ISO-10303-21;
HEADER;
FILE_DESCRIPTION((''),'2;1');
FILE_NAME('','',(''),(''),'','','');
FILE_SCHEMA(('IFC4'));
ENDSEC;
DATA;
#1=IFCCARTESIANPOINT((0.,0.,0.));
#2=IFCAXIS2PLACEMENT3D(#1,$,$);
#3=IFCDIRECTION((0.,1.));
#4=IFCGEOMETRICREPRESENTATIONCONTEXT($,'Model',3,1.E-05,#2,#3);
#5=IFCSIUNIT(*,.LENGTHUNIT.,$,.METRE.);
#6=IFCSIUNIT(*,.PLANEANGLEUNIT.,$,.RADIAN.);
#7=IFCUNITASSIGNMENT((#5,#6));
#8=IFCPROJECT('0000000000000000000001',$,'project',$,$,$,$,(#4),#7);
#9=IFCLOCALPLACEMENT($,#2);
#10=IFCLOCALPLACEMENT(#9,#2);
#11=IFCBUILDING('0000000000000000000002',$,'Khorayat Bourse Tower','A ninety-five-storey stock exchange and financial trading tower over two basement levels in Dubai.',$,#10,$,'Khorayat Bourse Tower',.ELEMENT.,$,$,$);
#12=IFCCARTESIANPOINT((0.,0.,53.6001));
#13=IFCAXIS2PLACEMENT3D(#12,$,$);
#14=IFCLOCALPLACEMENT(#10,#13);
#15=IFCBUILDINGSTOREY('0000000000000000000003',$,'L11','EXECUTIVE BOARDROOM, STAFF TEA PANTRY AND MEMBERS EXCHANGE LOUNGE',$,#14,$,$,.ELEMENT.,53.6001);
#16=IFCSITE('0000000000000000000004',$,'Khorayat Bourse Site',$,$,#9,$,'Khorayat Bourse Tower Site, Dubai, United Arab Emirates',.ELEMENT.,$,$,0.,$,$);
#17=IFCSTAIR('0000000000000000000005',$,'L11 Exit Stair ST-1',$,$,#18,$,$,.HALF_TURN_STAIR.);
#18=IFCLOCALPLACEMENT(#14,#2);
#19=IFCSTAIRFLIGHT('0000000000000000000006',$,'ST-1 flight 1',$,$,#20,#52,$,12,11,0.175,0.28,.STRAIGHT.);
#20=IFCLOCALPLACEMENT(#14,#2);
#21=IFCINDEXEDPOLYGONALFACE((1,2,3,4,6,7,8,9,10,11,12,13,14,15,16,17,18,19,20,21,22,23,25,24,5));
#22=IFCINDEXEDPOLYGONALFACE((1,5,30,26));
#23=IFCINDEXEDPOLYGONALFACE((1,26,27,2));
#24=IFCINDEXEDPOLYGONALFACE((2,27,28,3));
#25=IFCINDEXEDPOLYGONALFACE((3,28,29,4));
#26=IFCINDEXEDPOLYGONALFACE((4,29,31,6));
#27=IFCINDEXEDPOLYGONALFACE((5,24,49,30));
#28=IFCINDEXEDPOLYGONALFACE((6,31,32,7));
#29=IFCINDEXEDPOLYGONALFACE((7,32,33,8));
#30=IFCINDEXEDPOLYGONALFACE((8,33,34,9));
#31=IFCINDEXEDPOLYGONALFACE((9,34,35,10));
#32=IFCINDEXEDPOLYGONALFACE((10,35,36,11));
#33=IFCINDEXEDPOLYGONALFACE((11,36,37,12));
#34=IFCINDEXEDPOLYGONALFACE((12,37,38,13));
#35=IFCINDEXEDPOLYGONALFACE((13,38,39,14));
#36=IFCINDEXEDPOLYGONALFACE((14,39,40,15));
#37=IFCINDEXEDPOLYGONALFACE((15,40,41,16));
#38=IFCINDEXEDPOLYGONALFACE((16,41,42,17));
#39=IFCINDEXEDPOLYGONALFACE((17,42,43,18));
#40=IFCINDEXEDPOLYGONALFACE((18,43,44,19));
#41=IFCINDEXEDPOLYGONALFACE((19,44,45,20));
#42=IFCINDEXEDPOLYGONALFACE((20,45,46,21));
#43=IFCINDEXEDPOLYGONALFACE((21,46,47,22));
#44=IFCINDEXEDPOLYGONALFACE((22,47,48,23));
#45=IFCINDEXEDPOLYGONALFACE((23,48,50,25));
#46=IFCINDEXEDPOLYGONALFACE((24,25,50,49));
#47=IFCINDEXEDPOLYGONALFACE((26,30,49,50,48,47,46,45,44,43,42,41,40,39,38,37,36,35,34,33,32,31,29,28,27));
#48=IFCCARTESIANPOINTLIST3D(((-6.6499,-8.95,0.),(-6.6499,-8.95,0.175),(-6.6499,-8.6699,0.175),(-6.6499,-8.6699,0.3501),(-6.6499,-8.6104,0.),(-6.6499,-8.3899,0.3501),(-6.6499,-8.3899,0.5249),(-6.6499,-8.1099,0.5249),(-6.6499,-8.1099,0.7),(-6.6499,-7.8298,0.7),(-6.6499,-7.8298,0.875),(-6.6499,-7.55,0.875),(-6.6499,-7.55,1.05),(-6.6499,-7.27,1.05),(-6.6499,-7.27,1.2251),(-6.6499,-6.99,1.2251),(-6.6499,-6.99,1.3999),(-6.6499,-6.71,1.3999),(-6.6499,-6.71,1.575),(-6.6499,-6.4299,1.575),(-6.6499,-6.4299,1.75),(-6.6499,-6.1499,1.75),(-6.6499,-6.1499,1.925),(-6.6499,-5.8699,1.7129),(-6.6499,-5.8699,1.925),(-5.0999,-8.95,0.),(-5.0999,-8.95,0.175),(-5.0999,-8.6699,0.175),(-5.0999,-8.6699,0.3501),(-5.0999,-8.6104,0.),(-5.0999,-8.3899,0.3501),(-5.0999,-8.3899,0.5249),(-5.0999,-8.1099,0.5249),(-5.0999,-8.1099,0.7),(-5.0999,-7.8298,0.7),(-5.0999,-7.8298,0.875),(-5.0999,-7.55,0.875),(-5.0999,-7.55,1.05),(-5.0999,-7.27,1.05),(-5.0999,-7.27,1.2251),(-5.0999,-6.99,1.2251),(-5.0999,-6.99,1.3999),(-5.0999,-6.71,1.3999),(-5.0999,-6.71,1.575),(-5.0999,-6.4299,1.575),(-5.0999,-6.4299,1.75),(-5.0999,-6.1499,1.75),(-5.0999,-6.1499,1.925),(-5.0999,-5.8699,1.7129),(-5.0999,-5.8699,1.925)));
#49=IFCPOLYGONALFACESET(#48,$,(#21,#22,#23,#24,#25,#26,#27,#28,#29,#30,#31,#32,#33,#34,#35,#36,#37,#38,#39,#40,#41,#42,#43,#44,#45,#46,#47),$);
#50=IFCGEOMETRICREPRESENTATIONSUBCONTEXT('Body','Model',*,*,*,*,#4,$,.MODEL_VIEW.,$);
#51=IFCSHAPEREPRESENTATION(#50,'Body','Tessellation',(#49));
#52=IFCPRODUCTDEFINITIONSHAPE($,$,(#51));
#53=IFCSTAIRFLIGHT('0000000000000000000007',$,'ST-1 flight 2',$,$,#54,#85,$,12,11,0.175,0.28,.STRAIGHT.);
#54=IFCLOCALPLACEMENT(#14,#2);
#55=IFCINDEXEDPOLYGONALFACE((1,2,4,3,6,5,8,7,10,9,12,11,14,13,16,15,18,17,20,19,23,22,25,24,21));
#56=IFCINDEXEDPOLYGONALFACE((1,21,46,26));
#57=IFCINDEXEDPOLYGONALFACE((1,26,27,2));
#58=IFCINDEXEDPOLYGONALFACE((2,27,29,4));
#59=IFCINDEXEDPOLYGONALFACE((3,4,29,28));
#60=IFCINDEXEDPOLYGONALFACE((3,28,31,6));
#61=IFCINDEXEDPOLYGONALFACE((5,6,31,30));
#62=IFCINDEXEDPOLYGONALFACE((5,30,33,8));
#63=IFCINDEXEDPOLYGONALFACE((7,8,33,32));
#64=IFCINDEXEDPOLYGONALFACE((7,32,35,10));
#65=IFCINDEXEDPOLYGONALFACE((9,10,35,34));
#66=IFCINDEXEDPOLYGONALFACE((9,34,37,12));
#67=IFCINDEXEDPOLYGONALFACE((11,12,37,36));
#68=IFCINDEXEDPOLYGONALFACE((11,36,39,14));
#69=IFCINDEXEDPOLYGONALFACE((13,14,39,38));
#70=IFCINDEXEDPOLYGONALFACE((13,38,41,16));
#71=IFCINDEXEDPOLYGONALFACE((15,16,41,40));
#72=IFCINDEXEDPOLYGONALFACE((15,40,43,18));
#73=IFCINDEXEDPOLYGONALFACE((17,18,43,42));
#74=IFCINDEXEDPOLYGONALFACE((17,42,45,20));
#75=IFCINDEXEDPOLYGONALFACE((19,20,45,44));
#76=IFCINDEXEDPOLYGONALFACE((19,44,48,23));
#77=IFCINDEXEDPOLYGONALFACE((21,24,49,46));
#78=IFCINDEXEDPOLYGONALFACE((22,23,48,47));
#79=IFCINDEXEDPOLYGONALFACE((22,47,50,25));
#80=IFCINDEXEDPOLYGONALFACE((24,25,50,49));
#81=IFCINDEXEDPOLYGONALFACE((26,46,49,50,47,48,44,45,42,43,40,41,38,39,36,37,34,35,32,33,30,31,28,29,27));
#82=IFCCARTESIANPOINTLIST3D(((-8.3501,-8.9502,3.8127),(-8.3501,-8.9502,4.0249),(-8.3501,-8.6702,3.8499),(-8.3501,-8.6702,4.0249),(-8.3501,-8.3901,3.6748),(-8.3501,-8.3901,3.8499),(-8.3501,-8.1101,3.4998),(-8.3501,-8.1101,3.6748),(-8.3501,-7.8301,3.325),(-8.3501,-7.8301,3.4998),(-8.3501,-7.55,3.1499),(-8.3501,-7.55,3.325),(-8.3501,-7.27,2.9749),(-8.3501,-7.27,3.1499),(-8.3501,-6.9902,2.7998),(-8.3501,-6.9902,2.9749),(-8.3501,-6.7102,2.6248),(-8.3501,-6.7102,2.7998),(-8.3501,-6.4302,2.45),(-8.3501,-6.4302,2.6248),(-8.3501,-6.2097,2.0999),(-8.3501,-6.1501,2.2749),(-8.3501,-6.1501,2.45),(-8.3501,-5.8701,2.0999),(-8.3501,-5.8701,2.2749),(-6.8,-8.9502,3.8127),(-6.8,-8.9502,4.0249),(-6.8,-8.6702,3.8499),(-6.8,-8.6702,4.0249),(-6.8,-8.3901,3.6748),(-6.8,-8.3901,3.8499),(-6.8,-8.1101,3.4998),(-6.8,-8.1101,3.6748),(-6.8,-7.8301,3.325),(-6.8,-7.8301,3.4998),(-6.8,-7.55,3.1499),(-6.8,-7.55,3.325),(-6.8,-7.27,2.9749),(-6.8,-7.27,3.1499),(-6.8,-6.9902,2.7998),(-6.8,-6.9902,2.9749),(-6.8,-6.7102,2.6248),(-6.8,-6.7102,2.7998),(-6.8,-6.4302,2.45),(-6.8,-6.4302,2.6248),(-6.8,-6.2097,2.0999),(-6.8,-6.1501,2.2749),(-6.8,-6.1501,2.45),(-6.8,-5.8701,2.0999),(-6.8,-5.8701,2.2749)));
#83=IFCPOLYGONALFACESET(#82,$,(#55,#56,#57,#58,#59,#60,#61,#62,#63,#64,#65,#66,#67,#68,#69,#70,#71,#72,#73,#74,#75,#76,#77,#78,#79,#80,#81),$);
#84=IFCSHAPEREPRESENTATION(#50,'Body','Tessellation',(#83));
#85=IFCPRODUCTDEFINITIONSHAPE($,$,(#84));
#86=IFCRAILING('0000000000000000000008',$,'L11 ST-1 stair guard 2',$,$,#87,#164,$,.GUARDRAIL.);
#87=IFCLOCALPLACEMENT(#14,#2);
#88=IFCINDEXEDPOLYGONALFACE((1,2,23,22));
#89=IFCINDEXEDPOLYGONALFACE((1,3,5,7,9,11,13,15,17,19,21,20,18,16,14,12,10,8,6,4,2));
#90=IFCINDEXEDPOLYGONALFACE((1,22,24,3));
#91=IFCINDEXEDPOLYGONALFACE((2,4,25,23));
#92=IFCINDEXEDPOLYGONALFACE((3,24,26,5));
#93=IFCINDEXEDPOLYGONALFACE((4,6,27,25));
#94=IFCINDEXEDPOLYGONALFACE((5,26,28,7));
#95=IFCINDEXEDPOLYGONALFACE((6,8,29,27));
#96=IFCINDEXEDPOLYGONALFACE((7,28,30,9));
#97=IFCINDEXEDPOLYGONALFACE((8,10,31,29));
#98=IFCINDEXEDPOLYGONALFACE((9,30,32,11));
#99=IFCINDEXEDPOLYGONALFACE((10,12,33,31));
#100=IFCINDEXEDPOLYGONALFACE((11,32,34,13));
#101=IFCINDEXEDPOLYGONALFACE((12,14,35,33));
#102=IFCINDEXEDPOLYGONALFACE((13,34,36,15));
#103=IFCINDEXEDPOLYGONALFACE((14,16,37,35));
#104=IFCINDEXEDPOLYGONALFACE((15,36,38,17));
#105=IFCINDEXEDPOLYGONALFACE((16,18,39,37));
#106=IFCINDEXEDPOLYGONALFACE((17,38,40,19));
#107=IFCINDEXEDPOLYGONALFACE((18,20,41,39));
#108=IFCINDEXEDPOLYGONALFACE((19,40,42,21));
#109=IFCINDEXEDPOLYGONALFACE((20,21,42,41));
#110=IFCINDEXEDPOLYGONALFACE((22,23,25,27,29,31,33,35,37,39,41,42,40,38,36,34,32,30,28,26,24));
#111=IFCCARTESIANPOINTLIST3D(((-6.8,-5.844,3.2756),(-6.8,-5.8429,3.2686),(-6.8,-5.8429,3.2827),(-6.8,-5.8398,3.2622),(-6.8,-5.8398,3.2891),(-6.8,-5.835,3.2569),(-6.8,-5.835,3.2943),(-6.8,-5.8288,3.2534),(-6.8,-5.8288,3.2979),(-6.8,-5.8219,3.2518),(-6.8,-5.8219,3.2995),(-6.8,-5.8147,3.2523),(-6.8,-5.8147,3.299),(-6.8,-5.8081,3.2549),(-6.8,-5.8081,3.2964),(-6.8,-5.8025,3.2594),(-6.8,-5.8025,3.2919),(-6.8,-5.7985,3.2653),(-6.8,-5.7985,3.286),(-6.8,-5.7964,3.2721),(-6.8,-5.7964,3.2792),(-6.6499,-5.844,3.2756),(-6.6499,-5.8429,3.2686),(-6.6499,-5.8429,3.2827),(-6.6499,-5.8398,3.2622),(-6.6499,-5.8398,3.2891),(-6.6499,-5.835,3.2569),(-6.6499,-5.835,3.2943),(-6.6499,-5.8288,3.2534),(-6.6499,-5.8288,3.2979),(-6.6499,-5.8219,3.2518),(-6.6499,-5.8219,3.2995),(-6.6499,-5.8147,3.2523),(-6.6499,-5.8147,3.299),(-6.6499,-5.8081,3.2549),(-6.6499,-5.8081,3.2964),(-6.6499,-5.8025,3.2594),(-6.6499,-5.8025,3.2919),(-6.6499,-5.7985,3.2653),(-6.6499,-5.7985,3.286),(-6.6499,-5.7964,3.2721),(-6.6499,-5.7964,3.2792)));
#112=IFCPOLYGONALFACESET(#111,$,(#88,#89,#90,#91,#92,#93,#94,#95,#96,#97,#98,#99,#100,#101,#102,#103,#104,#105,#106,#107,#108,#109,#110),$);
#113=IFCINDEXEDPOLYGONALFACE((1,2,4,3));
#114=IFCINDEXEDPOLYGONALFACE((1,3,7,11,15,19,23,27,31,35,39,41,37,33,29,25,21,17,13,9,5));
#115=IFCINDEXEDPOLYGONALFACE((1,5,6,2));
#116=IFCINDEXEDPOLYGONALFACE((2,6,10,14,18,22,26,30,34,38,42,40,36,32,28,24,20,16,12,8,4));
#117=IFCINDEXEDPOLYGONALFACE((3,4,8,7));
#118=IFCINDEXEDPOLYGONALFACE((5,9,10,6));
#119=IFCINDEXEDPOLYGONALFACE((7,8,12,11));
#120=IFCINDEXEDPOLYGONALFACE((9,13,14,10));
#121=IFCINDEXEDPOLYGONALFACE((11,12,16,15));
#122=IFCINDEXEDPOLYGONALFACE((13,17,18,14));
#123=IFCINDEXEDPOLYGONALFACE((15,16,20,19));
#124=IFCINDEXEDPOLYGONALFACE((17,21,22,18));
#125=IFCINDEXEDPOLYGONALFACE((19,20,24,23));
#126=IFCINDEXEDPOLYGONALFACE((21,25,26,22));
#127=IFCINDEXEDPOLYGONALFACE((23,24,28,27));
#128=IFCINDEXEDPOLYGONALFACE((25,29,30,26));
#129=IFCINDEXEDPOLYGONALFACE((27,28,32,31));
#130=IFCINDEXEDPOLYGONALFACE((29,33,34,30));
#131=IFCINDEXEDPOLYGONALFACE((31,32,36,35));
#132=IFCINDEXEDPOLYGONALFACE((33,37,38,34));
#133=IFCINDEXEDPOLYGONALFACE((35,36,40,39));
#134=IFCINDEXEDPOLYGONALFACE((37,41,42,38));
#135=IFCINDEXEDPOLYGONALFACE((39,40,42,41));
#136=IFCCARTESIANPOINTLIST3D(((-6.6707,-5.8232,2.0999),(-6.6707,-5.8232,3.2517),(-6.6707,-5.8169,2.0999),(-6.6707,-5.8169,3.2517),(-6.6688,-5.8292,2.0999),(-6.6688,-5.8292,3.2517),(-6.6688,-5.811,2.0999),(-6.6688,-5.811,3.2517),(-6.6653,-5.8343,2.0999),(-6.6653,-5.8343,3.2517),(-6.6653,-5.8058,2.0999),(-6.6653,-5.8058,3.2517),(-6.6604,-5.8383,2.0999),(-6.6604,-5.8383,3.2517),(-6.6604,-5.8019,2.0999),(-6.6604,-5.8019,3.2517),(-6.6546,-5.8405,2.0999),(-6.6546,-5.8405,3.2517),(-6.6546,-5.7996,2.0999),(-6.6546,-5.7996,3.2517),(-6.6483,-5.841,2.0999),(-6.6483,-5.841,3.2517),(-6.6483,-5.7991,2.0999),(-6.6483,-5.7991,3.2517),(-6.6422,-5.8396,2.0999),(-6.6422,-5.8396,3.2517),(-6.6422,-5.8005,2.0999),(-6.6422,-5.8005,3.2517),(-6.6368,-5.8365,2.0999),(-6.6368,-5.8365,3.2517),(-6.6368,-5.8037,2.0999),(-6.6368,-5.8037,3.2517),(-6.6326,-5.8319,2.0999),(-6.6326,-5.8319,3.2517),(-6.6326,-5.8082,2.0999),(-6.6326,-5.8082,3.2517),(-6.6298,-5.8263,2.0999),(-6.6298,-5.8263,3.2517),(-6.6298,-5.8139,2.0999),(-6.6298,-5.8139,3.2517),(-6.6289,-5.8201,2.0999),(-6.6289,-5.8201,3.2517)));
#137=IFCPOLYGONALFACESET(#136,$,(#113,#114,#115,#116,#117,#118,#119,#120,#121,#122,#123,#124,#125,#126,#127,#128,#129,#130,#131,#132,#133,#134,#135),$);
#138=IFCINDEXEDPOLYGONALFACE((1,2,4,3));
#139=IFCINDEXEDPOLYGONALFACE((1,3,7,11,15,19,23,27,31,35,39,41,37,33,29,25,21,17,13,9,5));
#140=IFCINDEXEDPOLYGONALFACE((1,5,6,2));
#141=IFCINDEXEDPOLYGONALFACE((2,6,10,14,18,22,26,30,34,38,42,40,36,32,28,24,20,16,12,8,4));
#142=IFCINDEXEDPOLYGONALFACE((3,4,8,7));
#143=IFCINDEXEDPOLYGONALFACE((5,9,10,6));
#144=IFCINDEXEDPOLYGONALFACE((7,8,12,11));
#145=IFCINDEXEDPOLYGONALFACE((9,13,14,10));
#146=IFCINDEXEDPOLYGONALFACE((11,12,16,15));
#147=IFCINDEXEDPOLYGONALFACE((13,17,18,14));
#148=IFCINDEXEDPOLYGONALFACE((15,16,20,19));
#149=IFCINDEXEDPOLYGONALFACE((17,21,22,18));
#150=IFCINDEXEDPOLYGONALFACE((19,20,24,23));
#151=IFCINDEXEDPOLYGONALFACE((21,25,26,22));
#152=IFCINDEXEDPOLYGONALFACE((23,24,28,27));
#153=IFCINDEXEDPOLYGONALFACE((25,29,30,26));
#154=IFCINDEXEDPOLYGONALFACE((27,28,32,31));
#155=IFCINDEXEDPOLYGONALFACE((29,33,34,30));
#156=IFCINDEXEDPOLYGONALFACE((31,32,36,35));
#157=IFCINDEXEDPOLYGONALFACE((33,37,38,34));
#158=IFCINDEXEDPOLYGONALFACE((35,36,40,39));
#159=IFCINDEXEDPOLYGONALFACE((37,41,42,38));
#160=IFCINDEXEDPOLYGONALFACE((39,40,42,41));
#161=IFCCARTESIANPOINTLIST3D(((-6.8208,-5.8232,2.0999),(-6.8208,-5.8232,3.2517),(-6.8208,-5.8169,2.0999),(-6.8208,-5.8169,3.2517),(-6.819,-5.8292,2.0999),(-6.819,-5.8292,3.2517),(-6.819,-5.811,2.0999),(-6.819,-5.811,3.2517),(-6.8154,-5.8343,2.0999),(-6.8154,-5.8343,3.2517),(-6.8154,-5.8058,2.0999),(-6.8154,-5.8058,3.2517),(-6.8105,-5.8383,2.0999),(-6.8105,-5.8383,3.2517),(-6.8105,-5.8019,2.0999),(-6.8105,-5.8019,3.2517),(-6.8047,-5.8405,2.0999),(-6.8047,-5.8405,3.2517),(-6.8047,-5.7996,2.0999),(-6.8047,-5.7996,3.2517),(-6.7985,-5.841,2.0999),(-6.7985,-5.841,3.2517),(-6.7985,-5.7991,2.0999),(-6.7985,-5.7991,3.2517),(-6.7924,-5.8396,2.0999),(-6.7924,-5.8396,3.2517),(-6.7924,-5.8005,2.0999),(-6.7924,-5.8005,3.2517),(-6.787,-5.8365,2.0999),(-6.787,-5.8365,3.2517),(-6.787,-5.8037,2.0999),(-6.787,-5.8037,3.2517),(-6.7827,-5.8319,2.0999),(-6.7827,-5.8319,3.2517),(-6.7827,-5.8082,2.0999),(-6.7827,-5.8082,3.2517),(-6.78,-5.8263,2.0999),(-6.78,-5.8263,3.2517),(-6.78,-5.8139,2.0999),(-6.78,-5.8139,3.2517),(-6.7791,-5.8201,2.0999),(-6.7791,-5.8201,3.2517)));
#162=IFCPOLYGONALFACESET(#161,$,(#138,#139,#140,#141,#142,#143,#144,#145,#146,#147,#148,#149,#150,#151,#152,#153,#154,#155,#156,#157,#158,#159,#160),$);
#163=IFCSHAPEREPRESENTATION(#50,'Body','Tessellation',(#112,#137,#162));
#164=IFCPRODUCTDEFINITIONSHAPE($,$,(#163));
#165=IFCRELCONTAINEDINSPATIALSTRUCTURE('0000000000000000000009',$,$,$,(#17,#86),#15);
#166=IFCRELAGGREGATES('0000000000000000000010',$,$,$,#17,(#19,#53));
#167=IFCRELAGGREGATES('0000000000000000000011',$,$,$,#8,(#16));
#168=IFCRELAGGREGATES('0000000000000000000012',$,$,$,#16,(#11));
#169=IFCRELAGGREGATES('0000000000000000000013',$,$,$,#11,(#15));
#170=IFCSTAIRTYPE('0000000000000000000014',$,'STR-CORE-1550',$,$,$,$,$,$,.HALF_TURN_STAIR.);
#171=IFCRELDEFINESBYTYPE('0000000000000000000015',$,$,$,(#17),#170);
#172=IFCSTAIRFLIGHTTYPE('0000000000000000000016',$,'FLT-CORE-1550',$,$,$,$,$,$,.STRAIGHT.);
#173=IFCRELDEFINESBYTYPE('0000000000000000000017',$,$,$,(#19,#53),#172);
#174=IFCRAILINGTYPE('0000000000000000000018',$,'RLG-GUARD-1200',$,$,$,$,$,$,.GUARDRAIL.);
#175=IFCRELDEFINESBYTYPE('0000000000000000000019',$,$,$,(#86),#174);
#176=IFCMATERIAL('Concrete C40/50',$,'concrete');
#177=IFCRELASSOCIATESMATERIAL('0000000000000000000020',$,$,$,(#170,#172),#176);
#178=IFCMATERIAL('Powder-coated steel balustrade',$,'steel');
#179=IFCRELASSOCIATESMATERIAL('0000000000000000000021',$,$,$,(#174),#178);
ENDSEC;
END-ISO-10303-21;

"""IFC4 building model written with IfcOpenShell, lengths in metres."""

from ifc_helpers import new_model, si_unit, direction, frame, origin, origin_2d, place, context, subcontext, project, spatial, polyline, circle, outline, extrude, source, transform, mapped, material, type_object, element, aggregate, save


model = new_model("IFC4")

# Units and contexts
model_context = context("Model", 3, precision=1e-05, world=origin(), true_north=direction((0.0, 1.0)))
body_context = subcontext(model_context, "Body", "Model", "MODEL_VIEW")
ifc_project = project(units=[si_unit("LENGTHUNIT", "METRE"), si_unit("PLANEANGLEUNIT", "RADIAN")], contexts=[model_context])

# Site, building, storey
site_placement = place(None, origin())
site = spatial("IfcSite", under=ifc_project, at=site_placement, Name="Khorayat Bourse Site", LongName="Khorayat Bourse Tower Site, Dubai, United Arab Emirates", CompositionType="ELEMENT", RefElevation=0.0)
building_placement = place(site_placement, origin())
building = spatial("IfcBuilding", under=site, at=building_placement, Name="Khorayat Bourse Tower", Description="A ninety-five-storey stock exchange and financial trading tower over two basement levels in Dubai.", LongName="Khorayat Bourse Tower", CompositionType="ELEMENT")
storey_placement = place(building_placement, frame((0.0, 0.0, 53.6001)))
storey = spatial("IfcBuildingStorey", under=building, at=storey_placement, Name="L11", Description="EXECUTIVE BOARDROOM, STAFF TEA PANTRY AND MEMBERS EXCHANGE LOUNGE", CompositionType="ELEMENT", Elevation=53.6001)

# Stair, stair flights
ifc_material_1 = material(Name="Concrete C40/50", Category="concrete")
stair_type = type_object("IfcStairType", Name="STR-CORE-1550", PredefinedType="HALF_TURN_STAIR", material=ifc_material_1)
stair_placement = place(storey_placement, origin())
stair = element("IfcStair", 1, at=stair_placement, inside=storey, type_object=stair_type, Name="L11 Exit Stair ST-1", PredefinedType="HALF_TURN_STAIR")
stair_flight_type = type_object("IfcStairFlightType", Name="FLT-CORE-1550", PredefinedType="STRAIGHT", material=ifc_material_1)
shared_shape_1 = source(origin(), body_context, "Body", "SweptSolid", [
    extrude(outline(polyline([(0.0, 0.0), (0.0, 0.175), (0.28, 0.175), (0.28, 0.3501), (0.5601, 0.3501), (0.5601, 0.5249), (0.8401, 0.5249), (0.8401, 0.7), (1.1201, 0.7), (1.1201, 0.875), (1.3999, 0.875), (1.3999, 1.05), (1.6799, 1.05), (1.6799, 1.2251), (1.96, 1.2251), (1.96, 1.3999), (2.24, 1.3999), (2.24, 1.575), (2.52, 1.575), (2.52, 1.75), (2.8, 1.75), (2.8, 1.925), (3.0801, 1.925), (3.0801, 2.1001), (3.0801, 1.7129), (0.3396, 0.0), (0.0, 0.0)])), frame((0.0, 0.7749, 0.0), z_axis=(0.0, -1.0, 0.0), x_axis=(1.0, 0.0, 0.0)), (0.0, 0.0, 1.0), 1.55),
])
stair_flight_1_placement = place(storey_placement, frame((-5.875, -8.95, 0.0), z_axis=(0.0, 0.0, 1.0), x_axis=(0.0, 1.0, 0.0)))
stair_flight_1 = element("IfcStairFlight", 2, at=stair_flight_1_placement, type_object=stair_flight_type, Name="ST-1 flight 1", NumberOfRisers=12, NumberOfTreads=11, PredefinedType="STRAIGHT", RiserHeight=0.175, TreadLength=0.28, context=body_context, shape_type="MappedRepresentation", body=[
    mapped(shared_shape_1, transform((0.0, 0.0, 0.0), scale=1.0)),
])
stair_flight_2_placement = place(storey_placement, frame((-7.575, -5.8701, 2.0999), z_axis=(0.0, 0.0, 1.0), x_axis=(0.0, -1.0, 0.0)))
stair_flight_2 = element("IfcStairFlight", 3, at=stair_flight_2_placement, type_object=stair_flight_type, Name="ST-1 flight 2", NumberOfRisers=12, NumberOfTreads=11, PredefinedType="STRAIGHT", RiserHeight=0.175, TreadLength=0.28, context=body_context, shape_type="MappedRepresentation", body=[
    mapped(shared_shape_1, transform((0.0, 0.0, 0.0), scale=1.0)),
])
aggregate(stair, [stair_flight_1, stair_flight_2])

# Railing
ifc_material_2 = material(Name="Powder-coated steel balustrade", Category="steel")
railing_type_1 = type_object("IfcRailingType", Name="RLG-GUARD-1200", PredefinedType="GUARDRAIL", material=ifc_material_2)
shared_shape_2 = source(origin(), body_context, "Body", "SweptSolid", [
    extrude(circle(Radius=0.0239, at=origin_2d()), frame((0.0, 0.0, 1.1758), z_axis=(-1.0, 0.0, 0.0), x_axis=(0.0, -1.0, 0.0)), (0.0, 0.0, 1.0), 0.1501),
    extrude(circle(Radius=0.021, at=origin_2d()), origin(), (0.0, 0.0, 1.0), 1.1519),
    extrude(circle(Radius=0.021, at=origin_2d()), frame((-0.1501, 0.0, 0.0)), (0.0, 0.0, 1.0), 1.1519),
])
for number, where, name in (
    (4, (-6.6499, -5.8201, 2.0999), "L11 ST-1 stair guard 2"),
):
    element("IfcRailing", number, at=place(storey_placement, frame(where)), inside=storey, type_object=railing_type_1, Name=name, PredefinedType="GUARDRAIL", context=body_context, shape_type="MappedRepresentation", body=[
        mapped(shared_shape_2, transform((0.0, 0.0, 0.0), scale=1.0)),
    ])

save(model, "model.ifc")
